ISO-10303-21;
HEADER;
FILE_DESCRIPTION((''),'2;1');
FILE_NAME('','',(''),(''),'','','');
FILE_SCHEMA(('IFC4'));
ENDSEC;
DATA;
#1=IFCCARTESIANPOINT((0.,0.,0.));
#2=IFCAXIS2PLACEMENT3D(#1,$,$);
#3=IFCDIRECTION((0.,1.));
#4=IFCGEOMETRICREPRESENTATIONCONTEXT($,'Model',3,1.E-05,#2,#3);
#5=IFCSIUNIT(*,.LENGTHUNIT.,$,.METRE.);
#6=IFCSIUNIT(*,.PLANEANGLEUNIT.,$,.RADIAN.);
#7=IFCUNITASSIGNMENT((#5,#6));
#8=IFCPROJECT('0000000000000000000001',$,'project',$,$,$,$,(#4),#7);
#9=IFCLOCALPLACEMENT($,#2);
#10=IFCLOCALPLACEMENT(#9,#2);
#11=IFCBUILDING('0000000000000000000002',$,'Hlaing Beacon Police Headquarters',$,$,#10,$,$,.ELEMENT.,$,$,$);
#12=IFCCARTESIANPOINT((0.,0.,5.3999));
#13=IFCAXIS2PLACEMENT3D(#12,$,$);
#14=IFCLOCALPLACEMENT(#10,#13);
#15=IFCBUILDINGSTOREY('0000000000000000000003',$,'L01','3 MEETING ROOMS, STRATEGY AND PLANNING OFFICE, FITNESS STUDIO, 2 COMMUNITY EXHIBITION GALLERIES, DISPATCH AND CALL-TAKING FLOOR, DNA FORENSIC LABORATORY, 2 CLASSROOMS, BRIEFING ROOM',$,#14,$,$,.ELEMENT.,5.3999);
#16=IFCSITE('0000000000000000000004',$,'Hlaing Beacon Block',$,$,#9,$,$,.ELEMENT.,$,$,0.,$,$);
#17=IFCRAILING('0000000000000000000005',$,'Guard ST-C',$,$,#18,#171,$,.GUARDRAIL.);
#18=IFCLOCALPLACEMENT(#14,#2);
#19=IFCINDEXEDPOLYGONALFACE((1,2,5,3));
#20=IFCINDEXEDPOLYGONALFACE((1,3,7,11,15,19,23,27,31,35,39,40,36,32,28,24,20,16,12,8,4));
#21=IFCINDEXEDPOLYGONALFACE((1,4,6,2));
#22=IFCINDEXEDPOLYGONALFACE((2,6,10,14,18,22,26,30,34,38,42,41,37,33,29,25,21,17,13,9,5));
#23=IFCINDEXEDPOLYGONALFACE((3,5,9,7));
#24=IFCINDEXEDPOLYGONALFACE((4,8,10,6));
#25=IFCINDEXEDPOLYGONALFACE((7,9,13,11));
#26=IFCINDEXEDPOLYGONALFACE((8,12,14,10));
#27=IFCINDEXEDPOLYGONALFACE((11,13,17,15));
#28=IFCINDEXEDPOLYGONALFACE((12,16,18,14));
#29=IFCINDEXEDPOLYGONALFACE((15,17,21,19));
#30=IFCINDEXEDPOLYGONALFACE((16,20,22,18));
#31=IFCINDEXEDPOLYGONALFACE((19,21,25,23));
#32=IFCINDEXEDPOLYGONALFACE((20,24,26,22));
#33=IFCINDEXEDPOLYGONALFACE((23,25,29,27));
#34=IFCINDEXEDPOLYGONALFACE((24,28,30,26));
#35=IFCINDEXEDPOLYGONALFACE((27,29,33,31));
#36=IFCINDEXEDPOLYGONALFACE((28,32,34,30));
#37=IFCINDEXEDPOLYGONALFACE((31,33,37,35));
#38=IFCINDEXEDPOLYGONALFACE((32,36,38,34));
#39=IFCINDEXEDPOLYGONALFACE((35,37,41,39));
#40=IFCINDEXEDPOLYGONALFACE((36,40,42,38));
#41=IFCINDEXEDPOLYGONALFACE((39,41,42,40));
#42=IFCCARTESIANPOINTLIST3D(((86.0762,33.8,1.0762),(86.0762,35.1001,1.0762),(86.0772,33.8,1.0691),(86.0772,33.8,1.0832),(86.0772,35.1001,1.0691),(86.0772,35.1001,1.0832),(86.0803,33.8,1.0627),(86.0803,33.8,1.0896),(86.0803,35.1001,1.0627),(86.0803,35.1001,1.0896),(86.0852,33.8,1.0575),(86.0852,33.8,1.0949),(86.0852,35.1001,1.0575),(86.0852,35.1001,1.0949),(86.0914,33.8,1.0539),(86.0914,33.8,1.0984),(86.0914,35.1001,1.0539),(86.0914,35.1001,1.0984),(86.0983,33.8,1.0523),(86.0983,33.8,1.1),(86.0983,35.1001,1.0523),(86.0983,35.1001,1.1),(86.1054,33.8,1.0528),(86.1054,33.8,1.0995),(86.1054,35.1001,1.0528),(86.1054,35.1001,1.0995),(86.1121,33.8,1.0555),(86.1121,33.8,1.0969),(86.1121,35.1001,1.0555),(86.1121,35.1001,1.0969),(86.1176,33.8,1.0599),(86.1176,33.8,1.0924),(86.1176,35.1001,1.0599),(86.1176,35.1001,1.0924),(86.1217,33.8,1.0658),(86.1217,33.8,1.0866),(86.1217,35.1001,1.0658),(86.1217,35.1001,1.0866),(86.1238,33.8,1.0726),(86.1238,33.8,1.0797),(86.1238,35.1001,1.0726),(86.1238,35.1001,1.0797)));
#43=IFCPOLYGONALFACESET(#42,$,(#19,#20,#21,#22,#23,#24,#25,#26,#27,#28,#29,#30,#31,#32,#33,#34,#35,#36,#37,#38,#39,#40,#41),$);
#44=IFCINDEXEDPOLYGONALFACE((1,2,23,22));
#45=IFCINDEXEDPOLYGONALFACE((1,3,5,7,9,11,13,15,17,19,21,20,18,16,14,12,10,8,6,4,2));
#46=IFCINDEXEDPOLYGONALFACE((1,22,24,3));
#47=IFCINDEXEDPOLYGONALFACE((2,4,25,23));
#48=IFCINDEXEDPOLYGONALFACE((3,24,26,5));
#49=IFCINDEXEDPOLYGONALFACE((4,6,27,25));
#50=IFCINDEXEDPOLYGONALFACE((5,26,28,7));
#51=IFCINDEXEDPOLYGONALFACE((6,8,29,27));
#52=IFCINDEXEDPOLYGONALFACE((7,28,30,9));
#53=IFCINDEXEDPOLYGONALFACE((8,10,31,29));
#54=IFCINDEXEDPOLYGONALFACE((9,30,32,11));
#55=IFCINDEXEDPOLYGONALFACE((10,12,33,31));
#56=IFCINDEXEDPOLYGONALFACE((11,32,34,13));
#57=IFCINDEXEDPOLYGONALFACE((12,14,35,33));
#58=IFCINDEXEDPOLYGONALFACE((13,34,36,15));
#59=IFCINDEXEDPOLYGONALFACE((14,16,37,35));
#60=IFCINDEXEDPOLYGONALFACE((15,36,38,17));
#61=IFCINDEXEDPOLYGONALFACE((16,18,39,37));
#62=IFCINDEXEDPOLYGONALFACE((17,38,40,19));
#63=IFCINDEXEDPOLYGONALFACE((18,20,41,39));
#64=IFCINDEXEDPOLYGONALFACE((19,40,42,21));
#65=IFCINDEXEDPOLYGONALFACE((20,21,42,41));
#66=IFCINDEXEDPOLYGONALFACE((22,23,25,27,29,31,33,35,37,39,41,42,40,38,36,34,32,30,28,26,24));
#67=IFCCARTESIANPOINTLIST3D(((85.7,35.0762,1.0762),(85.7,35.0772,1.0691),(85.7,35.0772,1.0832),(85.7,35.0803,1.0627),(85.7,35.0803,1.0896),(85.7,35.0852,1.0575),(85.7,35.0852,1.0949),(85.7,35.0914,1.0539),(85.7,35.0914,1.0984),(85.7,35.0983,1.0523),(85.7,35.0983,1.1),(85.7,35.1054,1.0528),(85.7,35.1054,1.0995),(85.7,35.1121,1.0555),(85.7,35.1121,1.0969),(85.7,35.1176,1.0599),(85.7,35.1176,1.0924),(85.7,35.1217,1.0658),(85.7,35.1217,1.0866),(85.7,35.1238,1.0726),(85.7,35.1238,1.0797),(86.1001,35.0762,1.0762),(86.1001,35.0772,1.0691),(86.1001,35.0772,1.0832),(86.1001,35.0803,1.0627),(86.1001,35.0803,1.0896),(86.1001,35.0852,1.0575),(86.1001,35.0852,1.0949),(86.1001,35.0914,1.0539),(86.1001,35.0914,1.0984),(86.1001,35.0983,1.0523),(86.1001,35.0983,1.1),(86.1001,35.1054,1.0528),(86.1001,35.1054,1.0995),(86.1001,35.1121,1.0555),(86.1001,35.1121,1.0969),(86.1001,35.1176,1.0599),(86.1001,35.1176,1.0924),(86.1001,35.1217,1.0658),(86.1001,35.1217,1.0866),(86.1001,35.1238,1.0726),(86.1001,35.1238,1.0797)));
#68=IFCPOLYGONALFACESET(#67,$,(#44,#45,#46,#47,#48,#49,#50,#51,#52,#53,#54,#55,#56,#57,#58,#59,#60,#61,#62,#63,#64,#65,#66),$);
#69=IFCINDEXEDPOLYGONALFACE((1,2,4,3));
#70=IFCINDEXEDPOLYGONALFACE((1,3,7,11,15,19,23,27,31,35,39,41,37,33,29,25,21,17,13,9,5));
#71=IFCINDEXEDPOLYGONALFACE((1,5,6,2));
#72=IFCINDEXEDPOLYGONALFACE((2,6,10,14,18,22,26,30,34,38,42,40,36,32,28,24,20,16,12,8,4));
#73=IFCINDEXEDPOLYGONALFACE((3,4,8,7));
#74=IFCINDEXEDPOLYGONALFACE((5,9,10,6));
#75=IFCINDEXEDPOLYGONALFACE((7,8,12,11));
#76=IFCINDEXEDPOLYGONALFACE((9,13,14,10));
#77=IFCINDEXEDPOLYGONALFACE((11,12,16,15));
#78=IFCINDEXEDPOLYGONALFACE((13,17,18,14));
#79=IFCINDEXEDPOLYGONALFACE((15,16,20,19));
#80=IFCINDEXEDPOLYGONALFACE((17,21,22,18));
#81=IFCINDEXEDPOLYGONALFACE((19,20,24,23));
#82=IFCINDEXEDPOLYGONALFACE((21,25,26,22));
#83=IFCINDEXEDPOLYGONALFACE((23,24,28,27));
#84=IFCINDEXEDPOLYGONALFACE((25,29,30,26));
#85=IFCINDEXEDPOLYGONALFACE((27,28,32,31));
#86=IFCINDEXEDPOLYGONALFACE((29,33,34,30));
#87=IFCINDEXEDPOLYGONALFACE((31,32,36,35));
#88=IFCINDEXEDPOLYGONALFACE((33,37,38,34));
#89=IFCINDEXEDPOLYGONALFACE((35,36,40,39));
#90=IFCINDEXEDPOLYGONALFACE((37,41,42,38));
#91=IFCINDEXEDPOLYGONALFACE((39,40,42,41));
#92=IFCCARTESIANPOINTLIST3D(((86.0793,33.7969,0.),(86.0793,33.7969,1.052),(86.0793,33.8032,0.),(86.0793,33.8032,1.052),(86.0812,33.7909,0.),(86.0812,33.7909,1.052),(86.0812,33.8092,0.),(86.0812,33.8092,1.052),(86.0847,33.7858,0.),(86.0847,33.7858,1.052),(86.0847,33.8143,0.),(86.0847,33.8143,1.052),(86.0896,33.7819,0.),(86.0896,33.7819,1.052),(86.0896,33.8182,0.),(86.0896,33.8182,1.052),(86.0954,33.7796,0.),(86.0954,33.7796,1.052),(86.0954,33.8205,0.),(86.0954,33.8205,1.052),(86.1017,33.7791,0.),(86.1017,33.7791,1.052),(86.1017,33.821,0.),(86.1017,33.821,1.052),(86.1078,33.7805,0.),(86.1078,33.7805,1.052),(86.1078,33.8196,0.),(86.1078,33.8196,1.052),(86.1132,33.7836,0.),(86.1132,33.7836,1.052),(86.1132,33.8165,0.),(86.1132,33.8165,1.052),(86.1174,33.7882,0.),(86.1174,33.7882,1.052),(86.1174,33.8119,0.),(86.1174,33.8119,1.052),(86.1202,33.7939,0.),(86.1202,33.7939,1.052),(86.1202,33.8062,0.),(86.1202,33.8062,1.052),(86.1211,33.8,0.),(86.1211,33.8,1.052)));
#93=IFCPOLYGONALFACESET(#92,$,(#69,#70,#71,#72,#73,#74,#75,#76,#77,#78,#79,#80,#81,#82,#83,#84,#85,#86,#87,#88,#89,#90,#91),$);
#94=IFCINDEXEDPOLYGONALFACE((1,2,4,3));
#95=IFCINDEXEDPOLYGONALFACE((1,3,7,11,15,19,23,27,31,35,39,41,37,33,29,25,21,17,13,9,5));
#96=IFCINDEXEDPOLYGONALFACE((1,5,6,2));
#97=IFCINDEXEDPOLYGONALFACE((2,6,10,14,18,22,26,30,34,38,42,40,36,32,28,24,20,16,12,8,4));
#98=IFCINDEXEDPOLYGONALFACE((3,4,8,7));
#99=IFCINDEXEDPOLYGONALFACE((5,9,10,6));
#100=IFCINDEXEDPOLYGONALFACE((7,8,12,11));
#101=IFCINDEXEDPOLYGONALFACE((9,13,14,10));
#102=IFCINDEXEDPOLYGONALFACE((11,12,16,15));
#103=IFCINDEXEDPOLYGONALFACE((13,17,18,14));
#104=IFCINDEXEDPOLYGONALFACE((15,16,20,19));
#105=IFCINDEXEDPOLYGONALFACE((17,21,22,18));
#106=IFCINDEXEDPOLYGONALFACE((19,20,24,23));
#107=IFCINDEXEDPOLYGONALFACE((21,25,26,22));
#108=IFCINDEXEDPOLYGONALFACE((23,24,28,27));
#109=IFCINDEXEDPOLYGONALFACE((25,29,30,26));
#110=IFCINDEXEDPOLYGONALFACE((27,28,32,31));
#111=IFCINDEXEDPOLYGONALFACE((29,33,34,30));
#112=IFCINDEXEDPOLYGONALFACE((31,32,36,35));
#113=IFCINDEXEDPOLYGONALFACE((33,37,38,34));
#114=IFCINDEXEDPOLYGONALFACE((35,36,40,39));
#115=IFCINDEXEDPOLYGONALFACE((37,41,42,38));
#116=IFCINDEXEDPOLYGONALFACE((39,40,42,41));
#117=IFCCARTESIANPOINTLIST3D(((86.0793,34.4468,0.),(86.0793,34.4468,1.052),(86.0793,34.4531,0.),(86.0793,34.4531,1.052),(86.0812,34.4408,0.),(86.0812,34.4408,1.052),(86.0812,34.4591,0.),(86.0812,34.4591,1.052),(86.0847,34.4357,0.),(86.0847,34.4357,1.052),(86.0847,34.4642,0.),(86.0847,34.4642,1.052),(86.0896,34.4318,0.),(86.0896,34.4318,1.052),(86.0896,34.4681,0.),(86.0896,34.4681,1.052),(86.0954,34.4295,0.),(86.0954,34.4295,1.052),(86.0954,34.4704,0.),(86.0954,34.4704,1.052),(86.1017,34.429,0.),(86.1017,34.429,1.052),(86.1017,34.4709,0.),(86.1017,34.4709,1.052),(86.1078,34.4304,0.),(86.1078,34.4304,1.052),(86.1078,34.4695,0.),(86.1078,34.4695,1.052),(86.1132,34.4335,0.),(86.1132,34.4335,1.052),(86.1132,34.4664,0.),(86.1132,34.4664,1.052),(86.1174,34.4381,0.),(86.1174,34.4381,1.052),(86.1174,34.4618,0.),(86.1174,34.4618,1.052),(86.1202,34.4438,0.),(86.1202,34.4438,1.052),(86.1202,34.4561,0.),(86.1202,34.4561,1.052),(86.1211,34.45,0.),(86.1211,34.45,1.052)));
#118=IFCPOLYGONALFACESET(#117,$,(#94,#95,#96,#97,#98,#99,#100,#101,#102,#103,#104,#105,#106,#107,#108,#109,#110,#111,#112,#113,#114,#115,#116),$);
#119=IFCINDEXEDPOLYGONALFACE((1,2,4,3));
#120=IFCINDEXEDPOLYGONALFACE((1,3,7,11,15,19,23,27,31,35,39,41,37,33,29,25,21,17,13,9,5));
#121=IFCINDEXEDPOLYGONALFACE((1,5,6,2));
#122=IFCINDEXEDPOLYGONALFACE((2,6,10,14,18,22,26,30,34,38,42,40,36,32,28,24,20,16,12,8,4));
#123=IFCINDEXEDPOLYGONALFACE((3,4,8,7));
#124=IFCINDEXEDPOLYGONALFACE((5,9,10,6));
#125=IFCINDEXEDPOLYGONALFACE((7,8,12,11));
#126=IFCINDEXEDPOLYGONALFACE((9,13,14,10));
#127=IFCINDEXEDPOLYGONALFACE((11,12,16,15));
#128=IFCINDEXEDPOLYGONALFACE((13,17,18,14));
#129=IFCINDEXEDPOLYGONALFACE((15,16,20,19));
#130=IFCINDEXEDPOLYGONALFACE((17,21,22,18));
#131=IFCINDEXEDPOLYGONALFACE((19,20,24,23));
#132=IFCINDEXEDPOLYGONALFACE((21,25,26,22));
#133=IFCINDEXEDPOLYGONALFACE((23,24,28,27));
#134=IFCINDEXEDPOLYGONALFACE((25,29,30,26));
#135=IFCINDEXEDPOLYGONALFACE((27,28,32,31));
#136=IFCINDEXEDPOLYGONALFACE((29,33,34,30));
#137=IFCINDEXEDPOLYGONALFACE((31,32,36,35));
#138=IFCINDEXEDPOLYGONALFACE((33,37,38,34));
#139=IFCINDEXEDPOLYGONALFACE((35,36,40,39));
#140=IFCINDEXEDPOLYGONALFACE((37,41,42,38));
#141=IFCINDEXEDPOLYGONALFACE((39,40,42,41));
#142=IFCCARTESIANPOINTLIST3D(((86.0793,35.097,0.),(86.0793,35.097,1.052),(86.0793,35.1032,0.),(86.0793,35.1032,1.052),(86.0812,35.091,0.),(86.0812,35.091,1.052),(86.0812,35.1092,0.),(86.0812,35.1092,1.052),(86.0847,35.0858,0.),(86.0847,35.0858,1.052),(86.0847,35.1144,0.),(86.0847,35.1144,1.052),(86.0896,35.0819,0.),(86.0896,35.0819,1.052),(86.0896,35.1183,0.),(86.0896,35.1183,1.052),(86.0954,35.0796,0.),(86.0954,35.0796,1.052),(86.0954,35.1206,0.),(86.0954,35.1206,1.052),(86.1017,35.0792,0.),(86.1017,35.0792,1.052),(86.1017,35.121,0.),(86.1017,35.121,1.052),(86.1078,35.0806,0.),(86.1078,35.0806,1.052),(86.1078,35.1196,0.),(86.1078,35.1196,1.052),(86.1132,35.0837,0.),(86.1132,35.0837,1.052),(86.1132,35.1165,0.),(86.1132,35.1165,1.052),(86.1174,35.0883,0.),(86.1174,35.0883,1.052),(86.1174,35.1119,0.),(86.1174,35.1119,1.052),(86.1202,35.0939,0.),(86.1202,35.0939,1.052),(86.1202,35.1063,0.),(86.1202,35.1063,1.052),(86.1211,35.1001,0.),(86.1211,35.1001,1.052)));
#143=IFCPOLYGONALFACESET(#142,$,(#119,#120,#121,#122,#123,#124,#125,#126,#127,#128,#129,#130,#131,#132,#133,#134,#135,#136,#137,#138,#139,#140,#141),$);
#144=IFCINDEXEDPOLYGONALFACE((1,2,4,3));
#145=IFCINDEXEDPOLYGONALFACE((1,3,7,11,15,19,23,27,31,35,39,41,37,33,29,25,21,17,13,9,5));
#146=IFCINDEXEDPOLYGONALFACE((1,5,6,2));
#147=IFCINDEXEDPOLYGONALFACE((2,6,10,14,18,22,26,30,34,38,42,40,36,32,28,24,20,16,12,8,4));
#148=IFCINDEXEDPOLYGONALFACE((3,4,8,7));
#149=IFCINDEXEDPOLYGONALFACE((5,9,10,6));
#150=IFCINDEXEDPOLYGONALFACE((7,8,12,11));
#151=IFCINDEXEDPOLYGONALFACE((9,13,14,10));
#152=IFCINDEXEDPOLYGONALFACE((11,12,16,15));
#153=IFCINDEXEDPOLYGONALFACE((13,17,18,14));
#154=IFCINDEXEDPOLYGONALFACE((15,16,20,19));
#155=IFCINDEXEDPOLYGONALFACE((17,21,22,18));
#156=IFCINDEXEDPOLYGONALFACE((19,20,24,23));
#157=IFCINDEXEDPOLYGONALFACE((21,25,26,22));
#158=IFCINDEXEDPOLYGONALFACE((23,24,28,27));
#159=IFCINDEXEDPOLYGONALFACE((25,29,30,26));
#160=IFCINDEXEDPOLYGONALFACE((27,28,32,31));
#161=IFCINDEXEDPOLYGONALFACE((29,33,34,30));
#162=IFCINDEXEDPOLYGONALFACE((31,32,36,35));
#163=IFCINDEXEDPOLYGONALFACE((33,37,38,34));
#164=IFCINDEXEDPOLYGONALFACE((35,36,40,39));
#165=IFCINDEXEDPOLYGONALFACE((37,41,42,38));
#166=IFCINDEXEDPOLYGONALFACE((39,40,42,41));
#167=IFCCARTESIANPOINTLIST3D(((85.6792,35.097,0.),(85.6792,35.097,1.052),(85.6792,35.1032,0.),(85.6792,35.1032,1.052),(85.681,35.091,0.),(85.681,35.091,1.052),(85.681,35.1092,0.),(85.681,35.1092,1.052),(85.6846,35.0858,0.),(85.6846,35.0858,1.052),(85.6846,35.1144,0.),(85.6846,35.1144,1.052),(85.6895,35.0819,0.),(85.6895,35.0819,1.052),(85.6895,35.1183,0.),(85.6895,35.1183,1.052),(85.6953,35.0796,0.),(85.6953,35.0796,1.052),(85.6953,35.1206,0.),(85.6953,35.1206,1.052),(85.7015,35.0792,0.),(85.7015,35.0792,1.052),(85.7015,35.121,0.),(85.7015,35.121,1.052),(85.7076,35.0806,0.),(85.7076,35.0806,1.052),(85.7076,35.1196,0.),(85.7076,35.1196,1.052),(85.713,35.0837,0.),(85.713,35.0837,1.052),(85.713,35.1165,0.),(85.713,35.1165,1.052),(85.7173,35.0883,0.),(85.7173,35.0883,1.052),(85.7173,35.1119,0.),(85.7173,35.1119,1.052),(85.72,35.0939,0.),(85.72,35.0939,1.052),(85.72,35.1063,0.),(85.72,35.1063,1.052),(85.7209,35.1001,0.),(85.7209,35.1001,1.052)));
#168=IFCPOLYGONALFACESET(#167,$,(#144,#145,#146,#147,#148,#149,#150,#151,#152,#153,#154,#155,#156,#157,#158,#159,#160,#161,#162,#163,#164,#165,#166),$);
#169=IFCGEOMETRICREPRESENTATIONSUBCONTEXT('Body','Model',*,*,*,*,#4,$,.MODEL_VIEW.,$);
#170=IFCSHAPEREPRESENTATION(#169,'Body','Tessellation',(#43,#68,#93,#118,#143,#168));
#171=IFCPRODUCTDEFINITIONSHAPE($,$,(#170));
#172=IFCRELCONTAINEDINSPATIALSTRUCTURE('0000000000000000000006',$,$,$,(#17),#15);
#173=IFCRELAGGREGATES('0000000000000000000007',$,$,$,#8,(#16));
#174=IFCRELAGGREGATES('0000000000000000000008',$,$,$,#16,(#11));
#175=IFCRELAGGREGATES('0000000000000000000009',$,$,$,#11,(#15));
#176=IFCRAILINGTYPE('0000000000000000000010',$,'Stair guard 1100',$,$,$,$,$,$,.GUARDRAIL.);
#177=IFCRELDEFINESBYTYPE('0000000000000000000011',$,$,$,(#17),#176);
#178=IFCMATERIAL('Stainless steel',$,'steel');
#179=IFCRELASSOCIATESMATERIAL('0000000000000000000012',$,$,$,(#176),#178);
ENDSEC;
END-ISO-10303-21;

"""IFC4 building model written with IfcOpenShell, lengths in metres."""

from ifc_helpers import new_model, si_unit, direction, frame, origin, origin_2d, place, context, subcontext, project, spatial, circle, extrude, material, type_object, element, save


model = new_model("IFC4")

# Units and contexts
model_context = context("Model", 3, precision=1e-05, world=origin(), true_north=direction((0.0, 1.0)))
body_context = subcontext(model_context, "Body", "Model", "MODEL_VIEW")
ifc_project = project(units=[si_unit("LENGTHUNIT", "METRE"), si_unit("PLANEANGLEUNIT", "RADIAN")], contexts=[model_context])

# Site, building, storey
site_placement = place(None, origin())
site = spatial("IfcSite", under=ifc_project, at=site_placement, Name="Hlaing Beacon Block", CompositionType="ELEMENT", RefElevation=0.0)
building_placement = place(site_placement, origin())
building = spatial("IfcBuilding", under=site, at=building_placement, Name="Hlaing Beacon Police Headquarters", CompositionType="ELEMENT")
storey_placement = place(building_placement, frame((0.0, 0.0, 5.3999)))
storey = spatial("IfcBuildingStorey", under=building, at=storey_placement, Name="L01", Description="3 MEETING ROOMS, STRATEGY AND PLANNING OFFICE, FITNESS STUDIO, 2 COMMUNITY EXHIBITION GALLERIES, DISPATCH AND CALL-TAKING FLOOR, DNA FORENSIC LABORATORY, 2 CLASSROOMS, BRIEFING ROOM", CompositionType="ELEMENT", Elevation=5.3999)

# Railing
ifc_material_1 = material(Name="Stainless steel", Category="steel")
railing_type_1 = type_object("IfcRailingType", Name="Stair guard 1100", PredefinedType="GUARDRAIL", material=ifc_material_1)
railing_1_placement = place(storey_placement, frame((86.1001, 33.8, 0.0)))
element("IfcRailing", 1, at=railing_1_placement, inside=storey, type_object=railing_type_1, Name="Guard ST-C", PredefinedType="GUARDRAIL", context=body_context, shape_type="SweptSolid", body=[
    extrude(circle(Radius=0.0239, at=origin_2d()), frame((0.0, 0.0, 1.0762), z_axis=(0.0, 1.0, 0.0), x_axis=(-1.0, 0.0, 0.0)), (0.0, 0.0, 1.0), 1.3),
    extrude(circle(Radius=0.0239, at=origin_2d()), frame((0.0, 1.3, 1.0762), z_axis=(-1.0, 0.0, 0.0), x_axis=(0.0, -1.0, 0.0)), (0.0, 0.0, 1.0), 0.4001),
    extrude(circle(Radius=0.021, at=origin_2d()), origin(), (0.0, 0.0, 1.0), 1.052),
    extrude(circle(Radius=0.021, at=origin_2d()), frame((0.0, 0.6499, 0.0)), (0.0, 0.0, 1.0), 1.052),
    extrude(circle(Radius=0.021, at=origin_2d()), frame((0.0, 1.3, 0.0)), (0.0, 0.0, 1.0), 1.052),
    extrude(circle(Radius=0.021, at=origin_2d()), frame((-0.4001, 1.3, 0.0)), (0.0, 0.0, 1.0), 1.052),
])

save(model, "model.ifc")
